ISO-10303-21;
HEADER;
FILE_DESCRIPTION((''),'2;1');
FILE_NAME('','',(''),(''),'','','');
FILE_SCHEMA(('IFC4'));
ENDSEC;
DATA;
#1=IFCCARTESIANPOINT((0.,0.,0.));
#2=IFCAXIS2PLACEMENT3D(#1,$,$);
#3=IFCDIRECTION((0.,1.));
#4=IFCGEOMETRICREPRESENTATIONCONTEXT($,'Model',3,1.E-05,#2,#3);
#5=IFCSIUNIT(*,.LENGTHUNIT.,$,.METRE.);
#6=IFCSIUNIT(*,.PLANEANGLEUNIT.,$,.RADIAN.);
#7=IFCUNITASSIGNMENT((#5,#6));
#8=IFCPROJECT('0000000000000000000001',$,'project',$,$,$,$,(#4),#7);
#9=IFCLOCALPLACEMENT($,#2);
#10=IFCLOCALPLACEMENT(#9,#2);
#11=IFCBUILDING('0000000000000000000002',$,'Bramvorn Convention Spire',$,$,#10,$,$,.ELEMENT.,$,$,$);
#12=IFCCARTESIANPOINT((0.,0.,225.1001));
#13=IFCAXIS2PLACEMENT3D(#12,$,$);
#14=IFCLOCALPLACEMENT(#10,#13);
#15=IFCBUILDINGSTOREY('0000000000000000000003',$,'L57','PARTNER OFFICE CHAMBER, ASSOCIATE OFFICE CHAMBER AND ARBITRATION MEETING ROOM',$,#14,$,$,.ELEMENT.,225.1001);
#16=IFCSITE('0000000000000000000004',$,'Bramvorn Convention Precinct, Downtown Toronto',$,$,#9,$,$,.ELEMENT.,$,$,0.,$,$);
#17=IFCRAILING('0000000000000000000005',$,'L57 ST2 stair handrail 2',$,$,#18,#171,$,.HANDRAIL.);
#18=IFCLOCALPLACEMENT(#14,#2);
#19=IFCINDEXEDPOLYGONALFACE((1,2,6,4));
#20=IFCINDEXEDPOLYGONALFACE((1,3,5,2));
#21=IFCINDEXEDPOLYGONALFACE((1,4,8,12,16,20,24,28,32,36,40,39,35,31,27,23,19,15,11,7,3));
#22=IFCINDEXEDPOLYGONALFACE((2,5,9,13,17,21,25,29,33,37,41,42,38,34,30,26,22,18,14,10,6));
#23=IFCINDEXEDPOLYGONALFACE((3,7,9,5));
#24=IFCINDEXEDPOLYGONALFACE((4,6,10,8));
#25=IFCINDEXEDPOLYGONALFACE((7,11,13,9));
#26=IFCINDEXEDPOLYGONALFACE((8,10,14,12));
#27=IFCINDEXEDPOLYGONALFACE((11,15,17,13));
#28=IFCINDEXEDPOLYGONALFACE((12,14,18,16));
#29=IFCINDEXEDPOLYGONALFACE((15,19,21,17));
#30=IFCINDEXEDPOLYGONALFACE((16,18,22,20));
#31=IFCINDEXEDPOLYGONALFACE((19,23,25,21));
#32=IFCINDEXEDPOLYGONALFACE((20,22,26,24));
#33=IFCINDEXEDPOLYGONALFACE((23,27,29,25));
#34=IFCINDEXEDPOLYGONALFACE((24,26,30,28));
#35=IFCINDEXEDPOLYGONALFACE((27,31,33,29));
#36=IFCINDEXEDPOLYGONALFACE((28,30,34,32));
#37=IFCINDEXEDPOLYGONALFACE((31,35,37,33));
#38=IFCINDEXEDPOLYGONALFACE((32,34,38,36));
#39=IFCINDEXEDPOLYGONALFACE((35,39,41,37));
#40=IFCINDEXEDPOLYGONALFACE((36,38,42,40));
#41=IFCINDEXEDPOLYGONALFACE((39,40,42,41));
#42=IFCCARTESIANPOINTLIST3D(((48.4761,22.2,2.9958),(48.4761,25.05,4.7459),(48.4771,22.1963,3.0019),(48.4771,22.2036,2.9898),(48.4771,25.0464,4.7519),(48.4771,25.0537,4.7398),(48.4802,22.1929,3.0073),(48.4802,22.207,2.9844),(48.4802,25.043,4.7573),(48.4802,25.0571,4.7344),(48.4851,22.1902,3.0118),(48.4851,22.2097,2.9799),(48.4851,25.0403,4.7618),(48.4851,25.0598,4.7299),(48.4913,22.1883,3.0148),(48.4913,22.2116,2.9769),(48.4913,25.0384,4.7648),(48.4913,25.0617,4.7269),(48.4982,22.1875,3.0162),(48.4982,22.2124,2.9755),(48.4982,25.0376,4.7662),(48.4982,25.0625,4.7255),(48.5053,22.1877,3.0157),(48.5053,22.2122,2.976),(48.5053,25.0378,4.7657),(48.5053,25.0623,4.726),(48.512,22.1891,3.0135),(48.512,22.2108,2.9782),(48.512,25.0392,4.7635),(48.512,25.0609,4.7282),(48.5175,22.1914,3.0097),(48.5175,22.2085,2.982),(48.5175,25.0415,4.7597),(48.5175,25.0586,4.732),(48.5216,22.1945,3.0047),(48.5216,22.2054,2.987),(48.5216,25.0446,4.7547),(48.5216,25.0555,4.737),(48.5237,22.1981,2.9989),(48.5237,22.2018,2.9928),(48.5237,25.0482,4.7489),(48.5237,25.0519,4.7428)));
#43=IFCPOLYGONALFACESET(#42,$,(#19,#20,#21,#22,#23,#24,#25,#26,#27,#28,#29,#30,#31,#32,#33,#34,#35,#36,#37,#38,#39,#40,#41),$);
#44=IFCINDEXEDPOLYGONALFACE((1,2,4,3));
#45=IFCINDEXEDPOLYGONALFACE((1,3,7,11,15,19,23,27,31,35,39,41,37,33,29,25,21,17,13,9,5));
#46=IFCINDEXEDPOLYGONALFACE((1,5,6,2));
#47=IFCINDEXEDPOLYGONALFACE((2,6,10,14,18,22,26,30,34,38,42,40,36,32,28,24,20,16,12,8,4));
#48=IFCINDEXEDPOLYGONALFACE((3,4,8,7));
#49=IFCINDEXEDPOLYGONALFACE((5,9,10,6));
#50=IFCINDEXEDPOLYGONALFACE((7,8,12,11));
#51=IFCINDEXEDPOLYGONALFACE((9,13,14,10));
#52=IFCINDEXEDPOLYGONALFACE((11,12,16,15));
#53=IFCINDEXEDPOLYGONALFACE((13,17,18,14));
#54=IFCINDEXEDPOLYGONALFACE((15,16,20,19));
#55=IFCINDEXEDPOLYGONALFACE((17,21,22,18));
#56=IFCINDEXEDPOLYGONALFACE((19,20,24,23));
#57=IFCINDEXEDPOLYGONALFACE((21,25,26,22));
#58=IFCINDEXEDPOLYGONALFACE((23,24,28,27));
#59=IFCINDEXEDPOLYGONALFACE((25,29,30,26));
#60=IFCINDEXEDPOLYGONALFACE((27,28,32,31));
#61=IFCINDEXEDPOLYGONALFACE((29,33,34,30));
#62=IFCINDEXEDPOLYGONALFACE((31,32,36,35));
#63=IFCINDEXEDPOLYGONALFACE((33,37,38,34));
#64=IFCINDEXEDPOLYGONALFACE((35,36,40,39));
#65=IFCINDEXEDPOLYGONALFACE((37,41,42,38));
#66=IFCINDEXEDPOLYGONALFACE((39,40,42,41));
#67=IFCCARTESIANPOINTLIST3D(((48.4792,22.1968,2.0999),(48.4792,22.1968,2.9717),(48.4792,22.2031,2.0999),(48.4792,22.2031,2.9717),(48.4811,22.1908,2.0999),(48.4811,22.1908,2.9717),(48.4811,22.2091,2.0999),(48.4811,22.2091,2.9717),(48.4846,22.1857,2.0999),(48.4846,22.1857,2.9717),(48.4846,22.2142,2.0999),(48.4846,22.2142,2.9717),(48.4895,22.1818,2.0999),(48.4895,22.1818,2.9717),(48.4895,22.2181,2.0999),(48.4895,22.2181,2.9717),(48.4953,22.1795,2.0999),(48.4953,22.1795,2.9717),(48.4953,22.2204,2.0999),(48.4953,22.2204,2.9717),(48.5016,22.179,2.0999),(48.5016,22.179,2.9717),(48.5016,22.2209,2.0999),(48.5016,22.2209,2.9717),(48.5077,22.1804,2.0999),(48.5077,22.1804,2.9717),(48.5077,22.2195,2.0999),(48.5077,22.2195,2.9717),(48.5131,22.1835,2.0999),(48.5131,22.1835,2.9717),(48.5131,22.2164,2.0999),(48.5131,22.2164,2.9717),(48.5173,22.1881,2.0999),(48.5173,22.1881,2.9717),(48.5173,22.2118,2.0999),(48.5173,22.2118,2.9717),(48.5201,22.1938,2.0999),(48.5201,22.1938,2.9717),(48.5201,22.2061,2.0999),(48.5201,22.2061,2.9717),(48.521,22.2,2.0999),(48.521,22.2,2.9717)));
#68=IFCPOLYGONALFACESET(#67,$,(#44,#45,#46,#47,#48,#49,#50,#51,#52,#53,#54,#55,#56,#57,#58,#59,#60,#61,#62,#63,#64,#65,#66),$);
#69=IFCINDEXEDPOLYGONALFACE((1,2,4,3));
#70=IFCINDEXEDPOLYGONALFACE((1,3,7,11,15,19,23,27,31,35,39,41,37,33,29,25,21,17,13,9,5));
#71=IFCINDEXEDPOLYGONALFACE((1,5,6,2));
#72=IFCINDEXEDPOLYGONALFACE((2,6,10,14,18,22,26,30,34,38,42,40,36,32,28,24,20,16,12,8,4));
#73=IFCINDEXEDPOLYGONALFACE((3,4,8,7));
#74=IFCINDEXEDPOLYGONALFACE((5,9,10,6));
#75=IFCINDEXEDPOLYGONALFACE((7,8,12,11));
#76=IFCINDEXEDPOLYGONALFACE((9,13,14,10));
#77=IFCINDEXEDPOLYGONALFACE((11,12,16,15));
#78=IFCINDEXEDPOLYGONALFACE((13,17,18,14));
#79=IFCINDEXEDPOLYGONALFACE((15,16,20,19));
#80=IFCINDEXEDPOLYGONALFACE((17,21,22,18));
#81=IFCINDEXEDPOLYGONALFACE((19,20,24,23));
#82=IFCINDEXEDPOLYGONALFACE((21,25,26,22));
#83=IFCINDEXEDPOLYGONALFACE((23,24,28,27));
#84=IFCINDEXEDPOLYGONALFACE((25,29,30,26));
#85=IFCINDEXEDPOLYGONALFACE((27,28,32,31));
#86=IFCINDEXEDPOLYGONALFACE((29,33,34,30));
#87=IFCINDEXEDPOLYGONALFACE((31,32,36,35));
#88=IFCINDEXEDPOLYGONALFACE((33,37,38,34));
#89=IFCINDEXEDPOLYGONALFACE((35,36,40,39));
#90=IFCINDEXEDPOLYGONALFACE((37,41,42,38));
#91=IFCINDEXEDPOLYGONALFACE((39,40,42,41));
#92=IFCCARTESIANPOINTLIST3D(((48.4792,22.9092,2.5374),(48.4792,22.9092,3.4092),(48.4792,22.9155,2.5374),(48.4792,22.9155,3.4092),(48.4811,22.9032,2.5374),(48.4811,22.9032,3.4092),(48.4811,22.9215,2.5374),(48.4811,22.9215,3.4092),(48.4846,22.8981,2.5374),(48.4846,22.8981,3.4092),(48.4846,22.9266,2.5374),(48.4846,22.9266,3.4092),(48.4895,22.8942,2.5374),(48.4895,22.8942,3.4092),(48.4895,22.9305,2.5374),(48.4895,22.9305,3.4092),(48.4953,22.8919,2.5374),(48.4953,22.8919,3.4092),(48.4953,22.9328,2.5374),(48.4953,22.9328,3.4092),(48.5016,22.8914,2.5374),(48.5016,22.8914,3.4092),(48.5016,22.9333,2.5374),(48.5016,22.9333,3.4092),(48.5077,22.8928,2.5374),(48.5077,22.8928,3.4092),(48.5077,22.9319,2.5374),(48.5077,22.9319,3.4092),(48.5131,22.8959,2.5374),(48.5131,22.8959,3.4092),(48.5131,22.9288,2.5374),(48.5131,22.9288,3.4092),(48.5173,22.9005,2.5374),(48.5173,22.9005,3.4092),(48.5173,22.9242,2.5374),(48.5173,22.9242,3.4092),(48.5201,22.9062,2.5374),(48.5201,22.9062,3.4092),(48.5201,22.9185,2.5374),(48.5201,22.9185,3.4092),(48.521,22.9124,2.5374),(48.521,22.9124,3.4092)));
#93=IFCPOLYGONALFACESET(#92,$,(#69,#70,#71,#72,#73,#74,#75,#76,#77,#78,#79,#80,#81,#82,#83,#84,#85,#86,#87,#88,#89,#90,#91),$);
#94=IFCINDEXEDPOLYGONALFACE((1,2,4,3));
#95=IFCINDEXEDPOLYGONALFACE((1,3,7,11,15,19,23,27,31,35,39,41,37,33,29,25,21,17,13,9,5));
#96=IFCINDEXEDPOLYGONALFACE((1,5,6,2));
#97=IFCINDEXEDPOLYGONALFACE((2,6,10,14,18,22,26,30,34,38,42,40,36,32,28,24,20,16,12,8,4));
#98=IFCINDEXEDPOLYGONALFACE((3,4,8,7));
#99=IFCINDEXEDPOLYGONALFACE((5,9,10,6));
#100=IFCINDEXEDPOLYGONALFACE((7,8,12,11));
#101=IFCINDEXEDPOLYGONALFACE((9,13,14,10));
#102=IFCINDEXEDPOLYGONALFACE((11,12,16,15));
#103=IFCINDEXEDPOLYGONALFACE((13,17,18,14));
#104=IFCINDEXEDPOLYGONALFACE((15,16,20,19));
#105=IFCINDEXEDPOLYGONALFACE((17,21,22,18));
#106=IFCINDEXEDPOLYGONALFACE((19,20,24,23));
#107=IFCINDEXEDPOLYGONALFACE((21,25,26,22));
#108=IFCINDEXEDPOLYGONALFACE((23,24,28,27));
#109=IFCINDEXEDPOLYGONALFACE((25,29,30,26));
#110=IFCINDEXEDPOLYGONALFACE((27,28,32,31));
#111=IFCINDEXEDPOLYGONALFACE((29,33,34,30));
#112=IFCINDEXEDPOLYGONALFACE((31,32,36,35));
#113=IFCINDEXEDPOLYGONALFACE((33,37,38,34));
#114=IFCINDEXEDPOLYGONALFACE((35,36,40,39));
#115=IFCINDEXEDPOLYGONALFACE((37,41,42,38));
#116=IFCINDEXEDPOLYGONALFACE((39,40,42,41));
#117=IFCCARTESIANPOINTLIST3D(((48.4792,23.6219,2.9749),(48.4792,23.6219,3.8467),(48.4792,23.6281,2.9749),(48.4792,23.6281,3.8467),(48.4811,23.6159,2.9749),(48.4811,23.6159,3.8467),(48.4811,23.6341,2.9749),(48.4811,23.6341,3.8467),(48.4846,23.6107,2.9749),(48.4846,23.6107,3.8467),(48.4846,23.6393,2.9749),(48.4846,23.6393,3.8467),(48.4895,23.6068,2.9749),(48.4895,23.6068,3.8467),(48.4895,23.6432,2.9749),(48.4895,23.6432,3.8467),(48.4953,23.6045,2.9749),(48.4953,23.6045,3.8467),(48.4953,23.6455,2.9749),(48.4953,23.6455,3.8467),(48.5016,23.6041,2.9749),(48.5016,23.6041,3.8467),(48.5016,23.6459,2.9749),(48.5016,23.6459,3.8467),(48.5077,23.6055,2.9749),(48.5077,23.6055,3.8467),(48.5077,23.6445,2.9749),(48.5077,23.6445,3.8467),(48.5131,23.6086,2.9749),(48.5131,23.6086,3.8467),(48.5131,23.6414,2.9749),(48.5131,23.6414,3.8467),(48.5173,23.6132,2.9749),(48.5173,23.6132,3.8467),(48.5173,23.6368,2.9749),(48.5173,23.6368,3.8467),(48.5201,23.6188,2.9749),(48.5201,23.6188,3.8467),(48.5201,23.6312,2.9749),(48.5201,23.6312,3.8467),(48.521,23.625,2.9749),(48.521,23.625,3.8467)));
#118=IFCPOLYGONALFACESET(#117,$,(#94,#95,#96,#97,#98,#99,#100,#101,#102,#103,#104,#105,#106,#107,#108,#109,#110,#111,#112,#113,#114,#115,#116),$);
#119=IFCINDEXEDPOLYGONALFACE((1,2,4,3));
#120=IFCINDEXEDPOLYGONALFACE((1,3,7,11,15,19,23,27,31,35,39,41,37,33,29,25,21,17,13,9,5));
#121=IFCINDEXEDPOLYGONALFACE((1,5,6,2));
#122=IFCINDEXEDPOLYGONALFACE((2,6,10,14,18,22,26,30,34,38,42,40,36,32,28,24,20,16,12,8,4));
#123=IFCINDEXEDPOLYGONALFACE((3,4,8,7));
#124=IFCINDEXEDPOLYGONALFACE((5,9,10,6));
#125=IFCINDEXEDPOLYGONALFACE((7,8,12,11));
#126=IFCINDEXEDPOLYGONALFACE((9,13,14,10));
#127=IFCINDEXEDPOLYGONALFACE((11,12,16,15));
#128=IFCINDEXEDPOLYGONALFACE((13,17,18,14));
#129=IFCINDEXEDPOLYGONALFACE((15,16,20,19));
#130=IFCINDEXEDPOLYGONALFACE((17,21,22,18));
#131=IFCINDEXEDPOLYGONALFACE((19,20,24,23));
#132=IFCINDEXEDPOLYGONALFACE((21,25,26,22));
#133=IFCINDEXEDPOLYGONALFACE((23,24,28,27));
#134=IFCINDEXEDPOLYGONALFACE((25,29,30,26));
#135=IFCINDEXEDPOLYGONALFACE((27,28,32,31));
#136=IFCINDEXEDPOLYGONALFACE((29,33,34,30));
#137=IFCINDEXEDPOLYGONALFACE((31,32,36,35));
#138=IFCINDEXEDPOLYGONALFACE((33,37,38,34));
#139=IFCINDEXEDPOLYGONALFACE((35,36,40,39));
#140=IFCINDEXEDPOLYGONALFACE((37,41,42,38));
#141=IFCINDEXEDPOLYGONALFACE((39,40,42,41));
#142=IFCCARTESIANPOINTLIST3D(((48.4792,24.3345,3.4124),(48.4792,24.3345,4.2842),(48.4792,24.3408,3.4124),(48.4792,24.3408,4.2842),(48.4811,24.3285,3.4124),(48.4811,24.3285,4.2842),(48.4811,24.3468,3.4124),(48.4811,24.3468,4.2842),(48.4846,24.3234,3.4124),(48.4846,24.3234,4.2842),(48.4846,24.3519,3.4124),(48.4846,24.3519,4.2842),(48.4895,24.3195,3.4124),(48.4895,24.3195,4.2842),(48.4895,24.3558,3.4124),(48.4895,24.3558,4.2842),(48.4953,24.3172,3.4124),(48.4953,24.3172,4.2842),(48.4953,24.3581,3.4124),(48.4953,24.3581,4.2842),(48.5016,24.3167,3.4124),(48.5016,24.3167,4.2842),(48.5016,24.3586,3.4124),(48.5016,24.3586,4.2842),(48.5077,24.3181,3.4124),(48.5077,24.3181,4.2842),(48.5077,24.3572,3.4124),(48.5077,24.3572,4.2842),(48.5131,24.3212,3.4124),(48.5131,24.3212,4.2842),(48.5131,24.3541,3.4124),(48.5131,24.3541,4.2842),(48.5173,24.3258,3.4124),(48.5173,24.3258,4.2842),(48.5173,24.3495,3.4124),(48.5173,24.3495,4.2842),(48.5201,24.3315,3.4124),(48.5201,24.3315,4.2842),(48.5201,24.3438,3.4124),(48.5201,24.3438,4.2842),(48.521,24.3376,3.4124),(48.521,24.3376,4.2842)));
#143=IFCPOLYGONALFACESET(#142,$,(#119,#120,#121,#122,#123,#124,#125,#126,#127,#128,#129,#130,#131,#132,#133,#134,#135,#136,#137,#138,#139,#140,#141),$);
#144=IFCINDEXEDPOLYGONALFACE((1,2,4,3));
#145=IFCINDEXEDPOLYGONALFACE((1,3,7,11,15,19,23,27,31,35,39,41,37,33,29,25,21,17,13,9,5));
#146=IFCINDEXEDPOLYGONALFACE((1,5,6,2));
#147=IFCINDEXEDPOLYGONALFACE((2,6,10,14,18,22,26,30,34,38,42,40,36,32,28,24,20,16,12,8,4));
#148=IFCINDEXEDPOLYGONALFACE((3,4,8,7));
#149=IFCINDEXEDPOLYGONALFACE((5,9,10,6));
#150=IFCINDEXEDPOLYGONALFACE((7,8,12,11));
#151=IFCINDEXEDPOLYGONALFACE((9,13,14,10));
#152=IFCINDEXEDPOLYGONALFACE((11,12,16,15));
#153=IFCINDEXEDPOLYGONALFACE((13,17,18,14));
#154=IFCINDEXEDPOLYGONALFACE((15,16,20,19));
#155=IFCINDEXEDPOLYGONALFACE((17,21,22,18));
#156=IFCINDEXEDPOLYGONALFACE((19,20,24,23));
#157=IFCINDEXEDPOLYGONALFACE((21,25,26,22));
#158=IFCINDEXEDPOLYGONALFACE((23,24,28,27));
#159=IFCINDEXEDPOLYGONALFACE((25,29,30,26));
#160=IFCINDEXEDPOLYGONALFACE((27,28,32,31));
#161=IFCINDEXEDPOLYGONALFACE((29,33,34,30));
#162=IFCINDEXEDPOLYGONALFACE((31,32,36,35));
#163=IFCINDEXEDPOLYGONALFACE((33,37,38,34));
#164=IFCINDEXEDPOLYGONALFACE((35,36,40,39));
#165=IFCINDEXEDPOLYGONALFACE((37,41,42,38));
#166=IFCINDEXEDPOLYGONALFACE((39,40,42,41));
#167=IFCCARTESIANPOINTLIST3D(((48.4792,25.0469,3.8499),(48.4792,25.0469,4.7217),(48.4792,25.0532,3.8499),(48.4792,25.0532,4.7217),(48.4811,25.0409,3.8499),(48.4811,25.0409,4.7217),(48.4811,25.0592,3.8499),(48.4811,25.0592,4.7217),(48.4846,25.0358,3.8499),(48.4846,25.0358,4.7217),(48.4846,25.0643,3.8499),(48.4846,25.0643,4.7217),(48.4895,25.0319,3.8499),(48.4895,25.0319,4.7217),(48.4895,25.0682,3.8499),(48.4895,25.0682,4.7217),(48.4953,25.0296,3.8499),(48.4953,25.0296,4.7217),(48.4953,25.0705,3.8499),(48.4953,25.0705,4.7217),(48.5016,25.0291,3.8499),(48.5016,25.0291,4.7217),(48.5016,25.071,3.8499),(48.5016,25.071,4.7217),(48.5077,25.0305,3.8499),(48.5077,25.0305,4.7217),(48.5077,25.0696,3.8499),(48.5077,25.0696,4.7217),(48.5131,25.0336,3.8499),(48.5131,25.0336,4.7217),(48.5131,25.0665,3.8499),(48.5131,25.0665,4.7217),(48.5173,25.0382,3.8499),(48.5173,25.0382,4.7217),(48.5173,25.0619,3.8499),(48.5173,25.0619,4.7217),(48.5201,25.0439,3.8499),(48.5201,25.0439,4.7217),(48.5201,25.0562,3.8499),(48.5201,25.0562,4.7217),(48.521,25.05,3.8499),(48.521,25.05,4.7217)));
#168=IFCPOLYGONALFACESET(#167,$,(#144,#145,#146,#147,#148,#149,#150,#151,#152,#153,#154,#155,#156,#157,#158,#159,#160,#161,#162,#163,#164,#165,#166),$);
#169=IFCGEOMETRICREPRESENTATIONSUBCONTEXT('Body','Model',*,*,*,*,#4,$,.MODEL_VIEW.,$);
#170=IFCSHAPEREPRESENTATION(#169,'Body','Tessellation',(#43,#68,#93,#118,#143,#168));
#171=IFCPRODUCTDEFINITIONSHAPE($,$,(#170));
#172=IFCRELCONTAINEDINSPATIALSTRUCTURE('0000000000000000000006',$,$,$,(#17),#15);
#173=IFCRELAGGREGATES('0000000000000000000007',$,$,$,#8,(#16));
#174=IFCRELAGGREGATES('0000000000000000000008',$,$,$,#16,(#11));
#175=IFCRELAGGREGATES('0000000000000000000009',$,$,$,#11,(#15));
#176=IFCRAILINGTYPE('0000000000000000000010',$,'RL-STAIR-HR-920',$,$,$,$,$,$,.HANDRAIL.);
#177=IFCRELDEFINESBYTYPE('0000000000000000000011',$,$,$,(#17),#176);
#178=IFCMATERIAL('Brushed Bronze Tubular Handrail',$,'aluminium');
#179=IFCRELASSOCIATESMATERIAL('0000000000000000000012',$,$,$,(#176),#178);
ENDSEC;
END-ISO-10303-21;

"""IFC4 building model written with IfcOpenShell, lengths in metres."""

from ifc_helpers import new_model, si_unit, direction, frame, origin, origin_2d, place, context, subcontext, project, spatial, circle, extrude, material, type_object, element, save


model = new_model("IFC4")

# Units and contexts
model_context = context("Model", 3, precision=1e-05, world=origin(), true_north=direction((0.0, 1.0)))
body_context = subcontext(model_context, "Body", "Model", "MODEL_VIEW")
ifc_project = project(units=[si_unit("LENGTHUNIT", "METRE"), si_unit("PLANEANGLEUNIT", "RADIAN")], contexts=[model_context])

# Site, building, storey
site_placement = place(None, origin())
site = spatial("IfcSite", under=ifc_project, at=site_placement, Name="Bramvorn Convention Precinct, Downtown Toronto", CompositionType="ELEMENT", RefElevation=0.0)
building_placement = place(site_placement, origin())
building = spatial("IfcBuilding", under=site, at=building_placement, Name="Bramvorn Convention Spire", CompositionType="ELEMENT")
storey_placement = place(building_placement, frame((0.0, 0.0, 225.1001)))
storey = spatial("IfcBuildingStorey", under=building, at=storey_placement, Name="L57", Description="PARTNER OFFICE CHAMBER, ASSOCIATE OFFICE CHAMBER AND ARBITRATION MEETING ROOM", CompositionType="ELEMENT", Elevation=225.1001)

# Railing
ifc_material_1 = material(Name="Brushed Bronze Tubular Handrail", Category="aluminium")
railing_type_1 = type_object("IfcRailingType", Name="RL-STAIR-HR-920", PredefinedType="HANDRAIL", material=ifc_material_1)
railing_1_placement = place(storey_placement, frame((48.5, 22.2, 2.0999)))
element("IfcRailing", 1, at=railing_1_placement, inside=storey, type_object=railing_type_1, Name="L57 ST2 stair handrail 2", PredefinedType="HANDRAIL", context=body_context, shape_type="SweptSolid", body=[
    extrude(circle(Radius=0.0239, at=origin_2d()), frame((0.0, 0.0, 0.896), z_axis=(0.0, 0.852179, 0.52325), x_axis=(-1.0, 0.0, 0.0)), (0.0, 0.0, 1.0), 3.3445),
    extrude(circle(Radius=0.021, at=origin_2d()), origin(), (0.0, 0.0, 1.0), 0.8718),
    extrude(circle(Radius=0.021, at=origin_2d()), frame((0.0, 0.7124, 0.4375)), (0.0, 0.0, 1.0), 0.8718),
    extrude(circle(Radius=0.021, at=origin_2d()), frame((0.0, 1.425, 0.875)), (0.0, 0.0, 1.0), 0.8718),
    extrude(circle(Radius=0.021, at=origin_2d()), frame((0.0, 2.1377, 1.3125)), (0.0, 0.0, 1.0), 0.8718),
    extrude(circle(Radius=0.021, at=origin_2d()), frame((0.0, 2.8501, 1.75)), (0.0, 0.0, 1.0), 0.8718),
])

save(model, "model.ifc")
